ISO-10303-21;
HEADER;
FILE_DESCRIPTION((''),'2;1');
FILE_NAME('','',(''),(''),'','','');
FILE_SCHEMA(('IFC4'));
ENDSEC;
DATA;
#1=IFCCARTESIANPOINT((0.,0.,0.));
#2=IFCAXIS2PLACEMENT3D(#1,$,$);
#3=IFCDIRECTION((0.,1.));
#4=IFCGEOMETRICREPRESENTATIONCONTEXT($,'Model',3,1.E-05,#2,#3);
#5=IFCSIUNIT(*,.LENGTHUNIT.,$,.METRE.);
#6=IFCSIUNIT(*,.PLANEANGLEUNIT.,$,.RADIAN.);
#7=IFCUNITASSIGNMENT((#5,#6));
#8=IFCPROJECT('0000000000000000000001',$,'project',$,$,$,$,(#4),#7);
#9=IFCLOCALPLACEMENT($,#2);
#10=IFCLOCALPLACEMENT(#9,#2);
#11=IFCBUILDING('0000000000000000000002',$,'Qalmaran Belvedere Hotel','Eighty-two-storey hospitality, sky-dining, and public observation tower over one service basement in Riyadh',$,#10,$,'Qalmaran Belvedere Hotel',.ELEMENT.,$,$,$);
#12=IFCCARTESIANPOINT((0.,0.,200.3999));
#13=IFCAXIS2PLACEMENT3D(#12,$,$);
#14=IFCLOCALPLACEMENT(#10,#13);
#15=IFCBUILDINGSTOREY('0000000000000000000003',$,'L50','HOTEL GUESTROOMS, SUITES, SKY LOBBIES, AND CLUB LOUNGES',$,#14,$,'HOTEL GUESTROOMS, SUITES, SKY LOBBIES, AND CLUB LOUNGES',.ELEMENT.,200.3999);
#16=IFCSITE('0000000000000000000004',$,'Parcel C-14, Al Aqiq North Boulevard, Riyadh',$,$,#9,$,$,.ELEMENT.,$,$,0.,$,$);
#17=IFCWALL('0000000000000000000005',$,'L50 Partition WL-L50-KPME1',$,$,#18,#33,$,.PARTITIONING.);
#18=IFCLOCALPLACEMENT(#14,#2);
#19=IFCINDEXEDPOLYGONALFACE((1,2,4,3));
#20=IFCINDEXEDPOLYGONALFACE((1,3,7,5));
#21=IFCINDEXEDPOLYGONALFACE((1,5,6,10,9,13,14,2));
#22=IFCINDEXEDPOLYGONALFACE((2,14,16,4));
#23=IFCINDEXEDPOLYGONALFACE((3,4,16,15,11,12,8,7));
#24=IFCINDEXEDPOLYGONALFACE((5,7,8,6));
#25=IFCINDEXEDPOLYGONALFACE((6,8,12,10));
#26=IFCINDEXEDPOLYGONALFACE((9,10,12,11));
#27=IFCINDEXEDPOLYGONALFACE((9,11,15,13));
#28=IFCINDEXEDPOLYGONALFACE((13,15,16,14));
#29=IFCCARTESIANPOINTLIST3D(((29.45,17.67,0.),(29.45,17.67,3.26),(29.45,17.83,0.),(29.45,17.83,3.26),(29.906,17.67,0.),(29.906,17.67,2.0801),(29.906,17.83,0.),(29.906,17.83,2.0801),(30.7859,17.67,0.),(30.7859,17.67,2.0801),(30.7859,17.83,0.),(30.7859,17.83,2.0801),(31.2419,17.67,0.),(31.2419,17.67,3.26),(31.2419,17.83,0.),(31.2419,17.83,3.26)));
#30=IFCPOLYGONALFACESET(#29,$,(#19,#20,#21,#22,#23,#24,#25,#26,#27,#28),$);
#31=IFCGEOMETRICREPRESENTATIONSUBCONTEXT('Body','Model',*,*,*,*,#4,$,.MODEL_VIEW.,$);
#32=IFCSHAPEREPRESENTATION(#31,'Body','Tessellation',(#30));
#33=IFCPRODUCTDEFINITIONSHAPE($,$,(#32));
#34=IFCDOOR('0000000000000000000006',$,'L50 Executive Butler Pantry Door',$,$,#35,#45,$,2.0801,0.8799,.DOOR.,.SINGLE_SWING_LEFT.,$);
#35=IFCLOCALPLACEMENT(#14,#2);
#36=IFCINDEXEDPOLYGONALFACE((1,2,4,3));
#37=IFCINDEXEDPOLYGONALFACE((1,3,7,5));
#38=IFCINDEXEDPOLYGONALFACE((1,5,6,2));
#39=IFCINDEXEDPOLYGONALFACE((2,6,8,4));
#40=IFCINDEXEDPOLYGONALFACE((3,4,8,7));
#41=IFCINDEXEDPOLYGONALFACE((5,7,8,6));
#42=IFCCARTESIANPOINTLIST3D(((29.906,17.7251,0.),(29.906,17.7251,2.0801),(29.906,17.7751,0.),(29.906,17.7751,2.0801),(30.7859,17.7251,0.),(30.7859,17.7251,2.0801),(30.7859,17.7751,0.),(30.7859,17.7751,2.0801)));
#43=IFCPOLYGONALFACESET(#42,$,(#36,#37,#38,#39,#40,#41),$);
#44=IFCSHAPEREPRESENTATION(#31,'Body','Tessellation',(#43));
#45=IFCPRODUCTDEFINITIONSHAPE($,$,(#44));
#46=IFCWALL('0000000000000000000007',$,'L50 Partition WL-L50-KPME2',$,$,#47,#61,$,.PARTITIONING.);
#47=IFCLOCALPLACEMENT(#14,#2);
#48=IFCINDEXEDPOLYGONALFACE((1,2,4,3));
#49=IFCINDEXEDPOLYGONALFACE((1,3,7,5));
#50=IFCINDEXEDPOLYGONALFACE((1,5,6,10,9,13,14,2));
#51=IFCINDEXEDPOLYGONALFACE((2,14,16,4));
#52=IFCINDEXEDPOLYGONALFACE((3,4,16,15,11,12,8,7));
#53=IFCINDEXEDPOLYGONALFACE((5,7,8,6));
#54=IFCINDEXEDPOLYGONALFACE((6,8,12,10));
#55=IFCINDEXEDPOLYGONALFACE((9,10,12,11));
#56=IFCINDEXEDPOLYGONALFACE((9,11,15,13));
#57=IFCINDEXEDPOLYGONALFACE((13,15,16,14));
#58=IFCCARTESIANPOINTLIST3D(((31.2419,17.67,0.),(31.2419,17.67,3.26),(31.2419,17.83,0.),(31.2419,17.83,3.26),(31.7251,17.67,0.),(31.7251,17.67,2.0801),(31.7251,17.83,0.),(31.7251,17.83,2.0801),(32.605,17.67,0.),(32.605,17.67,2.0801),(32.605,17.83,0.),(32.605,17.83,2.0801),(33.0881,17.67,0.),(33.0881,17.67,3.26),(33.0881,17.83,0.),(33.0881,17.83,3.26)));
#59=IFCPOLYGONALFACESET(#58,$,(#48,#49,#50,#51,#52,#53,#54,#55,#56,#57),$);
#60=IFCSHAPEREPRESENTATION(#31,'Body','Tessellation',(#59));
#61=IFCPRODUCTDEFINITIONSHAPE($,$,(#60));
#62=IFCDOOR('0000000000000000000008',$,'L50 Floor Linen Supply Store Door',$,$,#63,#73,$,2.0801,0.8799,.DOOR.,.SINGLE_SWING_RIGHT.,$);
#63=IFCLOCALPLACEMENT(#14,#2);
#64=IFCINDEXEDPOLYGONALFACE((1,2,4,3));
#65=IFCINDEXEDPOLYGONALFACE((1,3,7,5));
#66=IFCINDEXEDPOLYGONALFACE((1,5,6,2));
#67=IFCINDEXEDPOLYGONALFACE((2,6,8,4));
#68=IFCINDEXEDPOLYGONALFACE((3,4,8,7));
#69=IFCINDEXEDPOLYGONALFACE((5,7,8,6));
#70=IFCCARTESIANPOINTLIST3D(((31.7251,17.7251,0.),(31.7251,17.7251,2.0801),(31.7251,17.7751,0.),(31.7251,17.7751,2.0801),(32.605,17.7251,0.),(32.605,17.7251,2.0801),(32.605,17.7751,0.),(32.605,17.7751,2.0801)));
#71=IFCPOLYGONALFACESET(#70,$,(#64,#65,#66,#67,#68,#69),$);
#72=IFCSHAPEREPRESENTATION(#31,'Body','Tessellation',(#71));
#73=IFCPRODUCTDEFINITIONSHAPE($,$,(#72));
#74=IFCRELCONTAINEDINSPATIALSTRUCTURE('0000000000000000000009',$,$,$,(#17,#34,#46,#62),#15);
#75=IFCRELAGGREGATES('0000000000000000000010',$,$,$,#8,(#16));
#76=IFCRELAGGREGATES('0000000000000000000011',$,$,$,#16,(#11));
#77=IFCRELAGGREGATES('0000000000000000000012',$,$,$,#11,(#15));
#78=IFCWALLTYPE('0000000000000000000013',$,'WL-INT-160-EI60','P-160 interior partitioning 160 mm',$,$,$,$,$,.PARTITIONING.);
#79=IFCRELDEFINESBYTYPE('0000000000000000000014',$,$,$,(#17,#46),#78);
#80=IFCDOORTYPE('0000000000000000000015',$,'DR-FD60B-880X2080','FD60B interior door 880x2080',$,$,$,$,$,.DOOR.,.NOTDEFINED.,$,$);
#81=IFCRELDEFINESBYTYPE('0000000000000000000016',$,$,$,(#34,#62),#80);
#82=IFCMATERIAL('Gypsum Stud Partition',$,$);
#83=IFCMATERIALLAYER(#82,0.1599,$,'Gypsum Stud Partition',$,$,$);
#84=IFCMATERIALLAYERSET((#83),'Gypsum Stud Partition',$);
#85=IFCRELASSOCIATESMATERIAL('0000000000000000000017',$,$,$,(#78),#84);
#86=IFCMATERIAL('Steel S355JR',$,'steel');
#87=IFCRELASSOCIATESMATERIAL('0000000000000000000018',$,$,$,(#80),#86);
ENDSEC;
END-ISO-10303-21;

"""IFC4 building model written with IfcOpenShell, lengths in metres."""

from ifc_helpers import new_model, si_unit, direction, frame, frame_2d, origin, place, context, subcontext, project, spatial, rectangle, extrude, material, layer, layer_set, type_object, element, fill, save


model = new_model("IFC4")

# Units and contexts
model_context = context("Model", 3, precision=1e-05, world=origin(), true_north=direction((0.0, 1.0)))
body_context = subcontext(model_context, "Body", "Model", "MODEL_VIEW")
ifc_project = project(units=[si_unit("LENGTHUNIT", "METRE"), si_unit("PLANEANGLEUNIT", "RADIAN")], contexts=[model_context])

# Site, building, storey
site_placement = place(None, origin())
site = spatial("IfcSite", under=ifc_project, at=site_placement, Name="Parcel C-14, Al Aqiq North Boulevard, Riyadh", CompositionType="ELEMENT", RefElevation=0.0)
building_placement = place(site_placement, origin())
building = spatial("IfcBuilding", under=site, at=building_placement, Name="Qalmaran Belvedere Hotel", Description="Eighty-two-storey hospitality, sky-dining, and public observation tower over one service basement in Riyadh", LongName="Qalmaran Belvedere Hotel", CompositionType="ELEMENT")
storey_placement = place(building_placement, frame((0.0, 0.0, 200.3999)))
storey = spatial("IfcBuildingStorey", under=building, at=storey_placement, Name="L50", Description="HOTEL GUESTROOMS, SUITES, SKY LOBBIES, AND CLUB LOUNGES", LongName="HOTEL GUESTROOMS, SUITES, SKY LOBBIES, AND CLUB LOUNGES", CompositionType="ELEMENT", Elevation=200.3999)

# Shared definitions
ifc_material_1 = material(Name="Steel S355JR", Category="steel")

# Shared definitions
ifc_material_2 = material(Name="Gypsum Stud Partition")

# Walls, openings, doors
ifc_layer_1 = layer(ifc_material_2, 0.1599, Name="Gypsum Stud Partition")
ifc_layer_set_1 = layer_set([ifc_layer_1], Name="Gypsum Stud Partition")
wall_type_1 = type_object("IfcWallType", Name="WL-INT-160-EI60", Description="P-160 interior partitioning 160 mm", PredefinedType="PARTITIONING", material=ifc_layer_set_1)
door_type_1 = type_object("IfcDoorType", Name="DR-FD60B-880X2080", Description="FD60B interior door 880x2080", OperationType="NOTDEFINED", PredefinedType="DOOR", material=ifc_material_1)
wall_1_placement = place(storey_placement, frame((29.45, 17.75, 0.0), z_axis=(0.0, 0.0, 1.0), x_axis=(1.0, 0.0, 0.0)))
wall_1 = element("IfcWall", 1, at=wall_1_placement, inside=storey, type_object=wall_type_1, Name="L50 Partition WL-L50-KPME1", PredefinedType="PARTITIONING", context=body_context, shape_type="SweptSolid", body=[
    extrude(rectangle(XDim=1.792, YDim=0.1599, at=frame_2d((0.896, 0.0))), origin(), (0.0, 0.0, 1.0), 3.26),
])
opening_1_placement = place(wall_1_placement, frame((1.3359, 0.0, 0.0), z_axis=(0.0, 0.0, 1.0), x_axis=(-1.0, 0.0, 0.0)))
opening_1 = element("IfcOpeningElement", 2, at=opening_1_placement, cuts=wall_1, PredefinedType="OPENING", context=body_context, shape_type="SweptSolid", body=[
    extrude(rectangle(XDim=0.8799, YDim=2.0801, at=frame_2d((0.4399, 1.04))), frame((0.0, 0.0898, 0.0), z_axis=(0.0, -1.0, 0.0), x_axis=(1.0, 0.0, 0.0)), (0.0, 0.0, 1.0), 0.1799),
])
door_1_placement = place(opening_1_placement, origin())
door_1 = element("IfcDoor", 3, at=door_1_placement, inside=storey, type_object=door_type_1, Name="L50 Executive Butler Pantry Door", OperationType="SINGLE_SWING_LEFT", OverallHeight=2.0801, OverallWidth=0.8799, PredefinedType="DOOR", context=body_context, shape_type="SweptSolid", body=[
    extrude(rectangle(XDim=0.8799, YDim=2.0801, at=frame_2d((0.4399, 1.04))), frame((0.0, 0.0249, 0.0), z_axis=(0.0, -1.0, 0.0), x_axis=(1.0, 0.0, 0.0)), (0.0, 0.0, 1.0), 0.05),
])
fill(opening_1, door_1)
wall_2_placement = place(storey_placement, frame((31.2419, 17.75, 0.0), z_axis=(0.0, 0.0, 1.0), x_axis=(1.0, 0.0, 0.0)))
wall_2 = element("IfcWall", 4, at=wall_2_placement, inside=storey, type_object=wall_type_1, Name="L50 Partition WL-L50-KPME2", PredefinedType="PARTITIONING", context=body_context, shape_type="SweptSolid", body=[
    extrude(rectangle(XDim=1.8462, YDim=0.1599, at=frame_2d((0.9231, 0.0))), origin(), (0.0, 0.0, 1.0), 3.26),
])
opening_2_placement = place(wall_2_placement, frame((1.363, 0.0, 0.0), z_axis=(0.0, 0.0, 1.0), x_axis=(-1.0, 0.0, 0.0)))
opening_2 = element("IfcOpeningElement", 5, at=opening_2_placement, cuts=wall_2, PredefinedType="OPENING", context=body_context, shape_type="SweptSolid", body=[
    extrude(rectangle(XDim=0.8799, YDim=2.0801, at=frame_2d((0.4399, 1.04))), frame((0.0, 0.0898, 0.0), z_axis=(0.0, -1.0, 0.0), x_axis=(1.0, 0.0, 0.0)), (0.0, 0.0, 1.0), 0.1799),
])
door_2_placement = place(opening_2_placement, origin())
door_2 = element("IfcDoor", 6, at=door_2_placement, inside=storey, type_object=door_type_1, Name="L50 Floor Linen Supply Store Door", OperationType="SINGLE_SWING_RIGHT", OverallHeight=2.0801, OverallWidth=0.8799, PredefinedType="DOOR", context=body_context, shape_type="SweptSolid", body=[
    extrude(rectangle(XDim=0.8799, YDim=2.0801, at=frame_2d((0.4399, 1.04))), frame((0.0, 0.0249, 0.0), z_axis=(0.0, -1.0, 0.0), x_axis=(1.0, 0.0, 0.0)), (0.0, 0.0, 1.0), 0.05),
])
fill(opening_2, door_2)

save(model, "model.ifc")
